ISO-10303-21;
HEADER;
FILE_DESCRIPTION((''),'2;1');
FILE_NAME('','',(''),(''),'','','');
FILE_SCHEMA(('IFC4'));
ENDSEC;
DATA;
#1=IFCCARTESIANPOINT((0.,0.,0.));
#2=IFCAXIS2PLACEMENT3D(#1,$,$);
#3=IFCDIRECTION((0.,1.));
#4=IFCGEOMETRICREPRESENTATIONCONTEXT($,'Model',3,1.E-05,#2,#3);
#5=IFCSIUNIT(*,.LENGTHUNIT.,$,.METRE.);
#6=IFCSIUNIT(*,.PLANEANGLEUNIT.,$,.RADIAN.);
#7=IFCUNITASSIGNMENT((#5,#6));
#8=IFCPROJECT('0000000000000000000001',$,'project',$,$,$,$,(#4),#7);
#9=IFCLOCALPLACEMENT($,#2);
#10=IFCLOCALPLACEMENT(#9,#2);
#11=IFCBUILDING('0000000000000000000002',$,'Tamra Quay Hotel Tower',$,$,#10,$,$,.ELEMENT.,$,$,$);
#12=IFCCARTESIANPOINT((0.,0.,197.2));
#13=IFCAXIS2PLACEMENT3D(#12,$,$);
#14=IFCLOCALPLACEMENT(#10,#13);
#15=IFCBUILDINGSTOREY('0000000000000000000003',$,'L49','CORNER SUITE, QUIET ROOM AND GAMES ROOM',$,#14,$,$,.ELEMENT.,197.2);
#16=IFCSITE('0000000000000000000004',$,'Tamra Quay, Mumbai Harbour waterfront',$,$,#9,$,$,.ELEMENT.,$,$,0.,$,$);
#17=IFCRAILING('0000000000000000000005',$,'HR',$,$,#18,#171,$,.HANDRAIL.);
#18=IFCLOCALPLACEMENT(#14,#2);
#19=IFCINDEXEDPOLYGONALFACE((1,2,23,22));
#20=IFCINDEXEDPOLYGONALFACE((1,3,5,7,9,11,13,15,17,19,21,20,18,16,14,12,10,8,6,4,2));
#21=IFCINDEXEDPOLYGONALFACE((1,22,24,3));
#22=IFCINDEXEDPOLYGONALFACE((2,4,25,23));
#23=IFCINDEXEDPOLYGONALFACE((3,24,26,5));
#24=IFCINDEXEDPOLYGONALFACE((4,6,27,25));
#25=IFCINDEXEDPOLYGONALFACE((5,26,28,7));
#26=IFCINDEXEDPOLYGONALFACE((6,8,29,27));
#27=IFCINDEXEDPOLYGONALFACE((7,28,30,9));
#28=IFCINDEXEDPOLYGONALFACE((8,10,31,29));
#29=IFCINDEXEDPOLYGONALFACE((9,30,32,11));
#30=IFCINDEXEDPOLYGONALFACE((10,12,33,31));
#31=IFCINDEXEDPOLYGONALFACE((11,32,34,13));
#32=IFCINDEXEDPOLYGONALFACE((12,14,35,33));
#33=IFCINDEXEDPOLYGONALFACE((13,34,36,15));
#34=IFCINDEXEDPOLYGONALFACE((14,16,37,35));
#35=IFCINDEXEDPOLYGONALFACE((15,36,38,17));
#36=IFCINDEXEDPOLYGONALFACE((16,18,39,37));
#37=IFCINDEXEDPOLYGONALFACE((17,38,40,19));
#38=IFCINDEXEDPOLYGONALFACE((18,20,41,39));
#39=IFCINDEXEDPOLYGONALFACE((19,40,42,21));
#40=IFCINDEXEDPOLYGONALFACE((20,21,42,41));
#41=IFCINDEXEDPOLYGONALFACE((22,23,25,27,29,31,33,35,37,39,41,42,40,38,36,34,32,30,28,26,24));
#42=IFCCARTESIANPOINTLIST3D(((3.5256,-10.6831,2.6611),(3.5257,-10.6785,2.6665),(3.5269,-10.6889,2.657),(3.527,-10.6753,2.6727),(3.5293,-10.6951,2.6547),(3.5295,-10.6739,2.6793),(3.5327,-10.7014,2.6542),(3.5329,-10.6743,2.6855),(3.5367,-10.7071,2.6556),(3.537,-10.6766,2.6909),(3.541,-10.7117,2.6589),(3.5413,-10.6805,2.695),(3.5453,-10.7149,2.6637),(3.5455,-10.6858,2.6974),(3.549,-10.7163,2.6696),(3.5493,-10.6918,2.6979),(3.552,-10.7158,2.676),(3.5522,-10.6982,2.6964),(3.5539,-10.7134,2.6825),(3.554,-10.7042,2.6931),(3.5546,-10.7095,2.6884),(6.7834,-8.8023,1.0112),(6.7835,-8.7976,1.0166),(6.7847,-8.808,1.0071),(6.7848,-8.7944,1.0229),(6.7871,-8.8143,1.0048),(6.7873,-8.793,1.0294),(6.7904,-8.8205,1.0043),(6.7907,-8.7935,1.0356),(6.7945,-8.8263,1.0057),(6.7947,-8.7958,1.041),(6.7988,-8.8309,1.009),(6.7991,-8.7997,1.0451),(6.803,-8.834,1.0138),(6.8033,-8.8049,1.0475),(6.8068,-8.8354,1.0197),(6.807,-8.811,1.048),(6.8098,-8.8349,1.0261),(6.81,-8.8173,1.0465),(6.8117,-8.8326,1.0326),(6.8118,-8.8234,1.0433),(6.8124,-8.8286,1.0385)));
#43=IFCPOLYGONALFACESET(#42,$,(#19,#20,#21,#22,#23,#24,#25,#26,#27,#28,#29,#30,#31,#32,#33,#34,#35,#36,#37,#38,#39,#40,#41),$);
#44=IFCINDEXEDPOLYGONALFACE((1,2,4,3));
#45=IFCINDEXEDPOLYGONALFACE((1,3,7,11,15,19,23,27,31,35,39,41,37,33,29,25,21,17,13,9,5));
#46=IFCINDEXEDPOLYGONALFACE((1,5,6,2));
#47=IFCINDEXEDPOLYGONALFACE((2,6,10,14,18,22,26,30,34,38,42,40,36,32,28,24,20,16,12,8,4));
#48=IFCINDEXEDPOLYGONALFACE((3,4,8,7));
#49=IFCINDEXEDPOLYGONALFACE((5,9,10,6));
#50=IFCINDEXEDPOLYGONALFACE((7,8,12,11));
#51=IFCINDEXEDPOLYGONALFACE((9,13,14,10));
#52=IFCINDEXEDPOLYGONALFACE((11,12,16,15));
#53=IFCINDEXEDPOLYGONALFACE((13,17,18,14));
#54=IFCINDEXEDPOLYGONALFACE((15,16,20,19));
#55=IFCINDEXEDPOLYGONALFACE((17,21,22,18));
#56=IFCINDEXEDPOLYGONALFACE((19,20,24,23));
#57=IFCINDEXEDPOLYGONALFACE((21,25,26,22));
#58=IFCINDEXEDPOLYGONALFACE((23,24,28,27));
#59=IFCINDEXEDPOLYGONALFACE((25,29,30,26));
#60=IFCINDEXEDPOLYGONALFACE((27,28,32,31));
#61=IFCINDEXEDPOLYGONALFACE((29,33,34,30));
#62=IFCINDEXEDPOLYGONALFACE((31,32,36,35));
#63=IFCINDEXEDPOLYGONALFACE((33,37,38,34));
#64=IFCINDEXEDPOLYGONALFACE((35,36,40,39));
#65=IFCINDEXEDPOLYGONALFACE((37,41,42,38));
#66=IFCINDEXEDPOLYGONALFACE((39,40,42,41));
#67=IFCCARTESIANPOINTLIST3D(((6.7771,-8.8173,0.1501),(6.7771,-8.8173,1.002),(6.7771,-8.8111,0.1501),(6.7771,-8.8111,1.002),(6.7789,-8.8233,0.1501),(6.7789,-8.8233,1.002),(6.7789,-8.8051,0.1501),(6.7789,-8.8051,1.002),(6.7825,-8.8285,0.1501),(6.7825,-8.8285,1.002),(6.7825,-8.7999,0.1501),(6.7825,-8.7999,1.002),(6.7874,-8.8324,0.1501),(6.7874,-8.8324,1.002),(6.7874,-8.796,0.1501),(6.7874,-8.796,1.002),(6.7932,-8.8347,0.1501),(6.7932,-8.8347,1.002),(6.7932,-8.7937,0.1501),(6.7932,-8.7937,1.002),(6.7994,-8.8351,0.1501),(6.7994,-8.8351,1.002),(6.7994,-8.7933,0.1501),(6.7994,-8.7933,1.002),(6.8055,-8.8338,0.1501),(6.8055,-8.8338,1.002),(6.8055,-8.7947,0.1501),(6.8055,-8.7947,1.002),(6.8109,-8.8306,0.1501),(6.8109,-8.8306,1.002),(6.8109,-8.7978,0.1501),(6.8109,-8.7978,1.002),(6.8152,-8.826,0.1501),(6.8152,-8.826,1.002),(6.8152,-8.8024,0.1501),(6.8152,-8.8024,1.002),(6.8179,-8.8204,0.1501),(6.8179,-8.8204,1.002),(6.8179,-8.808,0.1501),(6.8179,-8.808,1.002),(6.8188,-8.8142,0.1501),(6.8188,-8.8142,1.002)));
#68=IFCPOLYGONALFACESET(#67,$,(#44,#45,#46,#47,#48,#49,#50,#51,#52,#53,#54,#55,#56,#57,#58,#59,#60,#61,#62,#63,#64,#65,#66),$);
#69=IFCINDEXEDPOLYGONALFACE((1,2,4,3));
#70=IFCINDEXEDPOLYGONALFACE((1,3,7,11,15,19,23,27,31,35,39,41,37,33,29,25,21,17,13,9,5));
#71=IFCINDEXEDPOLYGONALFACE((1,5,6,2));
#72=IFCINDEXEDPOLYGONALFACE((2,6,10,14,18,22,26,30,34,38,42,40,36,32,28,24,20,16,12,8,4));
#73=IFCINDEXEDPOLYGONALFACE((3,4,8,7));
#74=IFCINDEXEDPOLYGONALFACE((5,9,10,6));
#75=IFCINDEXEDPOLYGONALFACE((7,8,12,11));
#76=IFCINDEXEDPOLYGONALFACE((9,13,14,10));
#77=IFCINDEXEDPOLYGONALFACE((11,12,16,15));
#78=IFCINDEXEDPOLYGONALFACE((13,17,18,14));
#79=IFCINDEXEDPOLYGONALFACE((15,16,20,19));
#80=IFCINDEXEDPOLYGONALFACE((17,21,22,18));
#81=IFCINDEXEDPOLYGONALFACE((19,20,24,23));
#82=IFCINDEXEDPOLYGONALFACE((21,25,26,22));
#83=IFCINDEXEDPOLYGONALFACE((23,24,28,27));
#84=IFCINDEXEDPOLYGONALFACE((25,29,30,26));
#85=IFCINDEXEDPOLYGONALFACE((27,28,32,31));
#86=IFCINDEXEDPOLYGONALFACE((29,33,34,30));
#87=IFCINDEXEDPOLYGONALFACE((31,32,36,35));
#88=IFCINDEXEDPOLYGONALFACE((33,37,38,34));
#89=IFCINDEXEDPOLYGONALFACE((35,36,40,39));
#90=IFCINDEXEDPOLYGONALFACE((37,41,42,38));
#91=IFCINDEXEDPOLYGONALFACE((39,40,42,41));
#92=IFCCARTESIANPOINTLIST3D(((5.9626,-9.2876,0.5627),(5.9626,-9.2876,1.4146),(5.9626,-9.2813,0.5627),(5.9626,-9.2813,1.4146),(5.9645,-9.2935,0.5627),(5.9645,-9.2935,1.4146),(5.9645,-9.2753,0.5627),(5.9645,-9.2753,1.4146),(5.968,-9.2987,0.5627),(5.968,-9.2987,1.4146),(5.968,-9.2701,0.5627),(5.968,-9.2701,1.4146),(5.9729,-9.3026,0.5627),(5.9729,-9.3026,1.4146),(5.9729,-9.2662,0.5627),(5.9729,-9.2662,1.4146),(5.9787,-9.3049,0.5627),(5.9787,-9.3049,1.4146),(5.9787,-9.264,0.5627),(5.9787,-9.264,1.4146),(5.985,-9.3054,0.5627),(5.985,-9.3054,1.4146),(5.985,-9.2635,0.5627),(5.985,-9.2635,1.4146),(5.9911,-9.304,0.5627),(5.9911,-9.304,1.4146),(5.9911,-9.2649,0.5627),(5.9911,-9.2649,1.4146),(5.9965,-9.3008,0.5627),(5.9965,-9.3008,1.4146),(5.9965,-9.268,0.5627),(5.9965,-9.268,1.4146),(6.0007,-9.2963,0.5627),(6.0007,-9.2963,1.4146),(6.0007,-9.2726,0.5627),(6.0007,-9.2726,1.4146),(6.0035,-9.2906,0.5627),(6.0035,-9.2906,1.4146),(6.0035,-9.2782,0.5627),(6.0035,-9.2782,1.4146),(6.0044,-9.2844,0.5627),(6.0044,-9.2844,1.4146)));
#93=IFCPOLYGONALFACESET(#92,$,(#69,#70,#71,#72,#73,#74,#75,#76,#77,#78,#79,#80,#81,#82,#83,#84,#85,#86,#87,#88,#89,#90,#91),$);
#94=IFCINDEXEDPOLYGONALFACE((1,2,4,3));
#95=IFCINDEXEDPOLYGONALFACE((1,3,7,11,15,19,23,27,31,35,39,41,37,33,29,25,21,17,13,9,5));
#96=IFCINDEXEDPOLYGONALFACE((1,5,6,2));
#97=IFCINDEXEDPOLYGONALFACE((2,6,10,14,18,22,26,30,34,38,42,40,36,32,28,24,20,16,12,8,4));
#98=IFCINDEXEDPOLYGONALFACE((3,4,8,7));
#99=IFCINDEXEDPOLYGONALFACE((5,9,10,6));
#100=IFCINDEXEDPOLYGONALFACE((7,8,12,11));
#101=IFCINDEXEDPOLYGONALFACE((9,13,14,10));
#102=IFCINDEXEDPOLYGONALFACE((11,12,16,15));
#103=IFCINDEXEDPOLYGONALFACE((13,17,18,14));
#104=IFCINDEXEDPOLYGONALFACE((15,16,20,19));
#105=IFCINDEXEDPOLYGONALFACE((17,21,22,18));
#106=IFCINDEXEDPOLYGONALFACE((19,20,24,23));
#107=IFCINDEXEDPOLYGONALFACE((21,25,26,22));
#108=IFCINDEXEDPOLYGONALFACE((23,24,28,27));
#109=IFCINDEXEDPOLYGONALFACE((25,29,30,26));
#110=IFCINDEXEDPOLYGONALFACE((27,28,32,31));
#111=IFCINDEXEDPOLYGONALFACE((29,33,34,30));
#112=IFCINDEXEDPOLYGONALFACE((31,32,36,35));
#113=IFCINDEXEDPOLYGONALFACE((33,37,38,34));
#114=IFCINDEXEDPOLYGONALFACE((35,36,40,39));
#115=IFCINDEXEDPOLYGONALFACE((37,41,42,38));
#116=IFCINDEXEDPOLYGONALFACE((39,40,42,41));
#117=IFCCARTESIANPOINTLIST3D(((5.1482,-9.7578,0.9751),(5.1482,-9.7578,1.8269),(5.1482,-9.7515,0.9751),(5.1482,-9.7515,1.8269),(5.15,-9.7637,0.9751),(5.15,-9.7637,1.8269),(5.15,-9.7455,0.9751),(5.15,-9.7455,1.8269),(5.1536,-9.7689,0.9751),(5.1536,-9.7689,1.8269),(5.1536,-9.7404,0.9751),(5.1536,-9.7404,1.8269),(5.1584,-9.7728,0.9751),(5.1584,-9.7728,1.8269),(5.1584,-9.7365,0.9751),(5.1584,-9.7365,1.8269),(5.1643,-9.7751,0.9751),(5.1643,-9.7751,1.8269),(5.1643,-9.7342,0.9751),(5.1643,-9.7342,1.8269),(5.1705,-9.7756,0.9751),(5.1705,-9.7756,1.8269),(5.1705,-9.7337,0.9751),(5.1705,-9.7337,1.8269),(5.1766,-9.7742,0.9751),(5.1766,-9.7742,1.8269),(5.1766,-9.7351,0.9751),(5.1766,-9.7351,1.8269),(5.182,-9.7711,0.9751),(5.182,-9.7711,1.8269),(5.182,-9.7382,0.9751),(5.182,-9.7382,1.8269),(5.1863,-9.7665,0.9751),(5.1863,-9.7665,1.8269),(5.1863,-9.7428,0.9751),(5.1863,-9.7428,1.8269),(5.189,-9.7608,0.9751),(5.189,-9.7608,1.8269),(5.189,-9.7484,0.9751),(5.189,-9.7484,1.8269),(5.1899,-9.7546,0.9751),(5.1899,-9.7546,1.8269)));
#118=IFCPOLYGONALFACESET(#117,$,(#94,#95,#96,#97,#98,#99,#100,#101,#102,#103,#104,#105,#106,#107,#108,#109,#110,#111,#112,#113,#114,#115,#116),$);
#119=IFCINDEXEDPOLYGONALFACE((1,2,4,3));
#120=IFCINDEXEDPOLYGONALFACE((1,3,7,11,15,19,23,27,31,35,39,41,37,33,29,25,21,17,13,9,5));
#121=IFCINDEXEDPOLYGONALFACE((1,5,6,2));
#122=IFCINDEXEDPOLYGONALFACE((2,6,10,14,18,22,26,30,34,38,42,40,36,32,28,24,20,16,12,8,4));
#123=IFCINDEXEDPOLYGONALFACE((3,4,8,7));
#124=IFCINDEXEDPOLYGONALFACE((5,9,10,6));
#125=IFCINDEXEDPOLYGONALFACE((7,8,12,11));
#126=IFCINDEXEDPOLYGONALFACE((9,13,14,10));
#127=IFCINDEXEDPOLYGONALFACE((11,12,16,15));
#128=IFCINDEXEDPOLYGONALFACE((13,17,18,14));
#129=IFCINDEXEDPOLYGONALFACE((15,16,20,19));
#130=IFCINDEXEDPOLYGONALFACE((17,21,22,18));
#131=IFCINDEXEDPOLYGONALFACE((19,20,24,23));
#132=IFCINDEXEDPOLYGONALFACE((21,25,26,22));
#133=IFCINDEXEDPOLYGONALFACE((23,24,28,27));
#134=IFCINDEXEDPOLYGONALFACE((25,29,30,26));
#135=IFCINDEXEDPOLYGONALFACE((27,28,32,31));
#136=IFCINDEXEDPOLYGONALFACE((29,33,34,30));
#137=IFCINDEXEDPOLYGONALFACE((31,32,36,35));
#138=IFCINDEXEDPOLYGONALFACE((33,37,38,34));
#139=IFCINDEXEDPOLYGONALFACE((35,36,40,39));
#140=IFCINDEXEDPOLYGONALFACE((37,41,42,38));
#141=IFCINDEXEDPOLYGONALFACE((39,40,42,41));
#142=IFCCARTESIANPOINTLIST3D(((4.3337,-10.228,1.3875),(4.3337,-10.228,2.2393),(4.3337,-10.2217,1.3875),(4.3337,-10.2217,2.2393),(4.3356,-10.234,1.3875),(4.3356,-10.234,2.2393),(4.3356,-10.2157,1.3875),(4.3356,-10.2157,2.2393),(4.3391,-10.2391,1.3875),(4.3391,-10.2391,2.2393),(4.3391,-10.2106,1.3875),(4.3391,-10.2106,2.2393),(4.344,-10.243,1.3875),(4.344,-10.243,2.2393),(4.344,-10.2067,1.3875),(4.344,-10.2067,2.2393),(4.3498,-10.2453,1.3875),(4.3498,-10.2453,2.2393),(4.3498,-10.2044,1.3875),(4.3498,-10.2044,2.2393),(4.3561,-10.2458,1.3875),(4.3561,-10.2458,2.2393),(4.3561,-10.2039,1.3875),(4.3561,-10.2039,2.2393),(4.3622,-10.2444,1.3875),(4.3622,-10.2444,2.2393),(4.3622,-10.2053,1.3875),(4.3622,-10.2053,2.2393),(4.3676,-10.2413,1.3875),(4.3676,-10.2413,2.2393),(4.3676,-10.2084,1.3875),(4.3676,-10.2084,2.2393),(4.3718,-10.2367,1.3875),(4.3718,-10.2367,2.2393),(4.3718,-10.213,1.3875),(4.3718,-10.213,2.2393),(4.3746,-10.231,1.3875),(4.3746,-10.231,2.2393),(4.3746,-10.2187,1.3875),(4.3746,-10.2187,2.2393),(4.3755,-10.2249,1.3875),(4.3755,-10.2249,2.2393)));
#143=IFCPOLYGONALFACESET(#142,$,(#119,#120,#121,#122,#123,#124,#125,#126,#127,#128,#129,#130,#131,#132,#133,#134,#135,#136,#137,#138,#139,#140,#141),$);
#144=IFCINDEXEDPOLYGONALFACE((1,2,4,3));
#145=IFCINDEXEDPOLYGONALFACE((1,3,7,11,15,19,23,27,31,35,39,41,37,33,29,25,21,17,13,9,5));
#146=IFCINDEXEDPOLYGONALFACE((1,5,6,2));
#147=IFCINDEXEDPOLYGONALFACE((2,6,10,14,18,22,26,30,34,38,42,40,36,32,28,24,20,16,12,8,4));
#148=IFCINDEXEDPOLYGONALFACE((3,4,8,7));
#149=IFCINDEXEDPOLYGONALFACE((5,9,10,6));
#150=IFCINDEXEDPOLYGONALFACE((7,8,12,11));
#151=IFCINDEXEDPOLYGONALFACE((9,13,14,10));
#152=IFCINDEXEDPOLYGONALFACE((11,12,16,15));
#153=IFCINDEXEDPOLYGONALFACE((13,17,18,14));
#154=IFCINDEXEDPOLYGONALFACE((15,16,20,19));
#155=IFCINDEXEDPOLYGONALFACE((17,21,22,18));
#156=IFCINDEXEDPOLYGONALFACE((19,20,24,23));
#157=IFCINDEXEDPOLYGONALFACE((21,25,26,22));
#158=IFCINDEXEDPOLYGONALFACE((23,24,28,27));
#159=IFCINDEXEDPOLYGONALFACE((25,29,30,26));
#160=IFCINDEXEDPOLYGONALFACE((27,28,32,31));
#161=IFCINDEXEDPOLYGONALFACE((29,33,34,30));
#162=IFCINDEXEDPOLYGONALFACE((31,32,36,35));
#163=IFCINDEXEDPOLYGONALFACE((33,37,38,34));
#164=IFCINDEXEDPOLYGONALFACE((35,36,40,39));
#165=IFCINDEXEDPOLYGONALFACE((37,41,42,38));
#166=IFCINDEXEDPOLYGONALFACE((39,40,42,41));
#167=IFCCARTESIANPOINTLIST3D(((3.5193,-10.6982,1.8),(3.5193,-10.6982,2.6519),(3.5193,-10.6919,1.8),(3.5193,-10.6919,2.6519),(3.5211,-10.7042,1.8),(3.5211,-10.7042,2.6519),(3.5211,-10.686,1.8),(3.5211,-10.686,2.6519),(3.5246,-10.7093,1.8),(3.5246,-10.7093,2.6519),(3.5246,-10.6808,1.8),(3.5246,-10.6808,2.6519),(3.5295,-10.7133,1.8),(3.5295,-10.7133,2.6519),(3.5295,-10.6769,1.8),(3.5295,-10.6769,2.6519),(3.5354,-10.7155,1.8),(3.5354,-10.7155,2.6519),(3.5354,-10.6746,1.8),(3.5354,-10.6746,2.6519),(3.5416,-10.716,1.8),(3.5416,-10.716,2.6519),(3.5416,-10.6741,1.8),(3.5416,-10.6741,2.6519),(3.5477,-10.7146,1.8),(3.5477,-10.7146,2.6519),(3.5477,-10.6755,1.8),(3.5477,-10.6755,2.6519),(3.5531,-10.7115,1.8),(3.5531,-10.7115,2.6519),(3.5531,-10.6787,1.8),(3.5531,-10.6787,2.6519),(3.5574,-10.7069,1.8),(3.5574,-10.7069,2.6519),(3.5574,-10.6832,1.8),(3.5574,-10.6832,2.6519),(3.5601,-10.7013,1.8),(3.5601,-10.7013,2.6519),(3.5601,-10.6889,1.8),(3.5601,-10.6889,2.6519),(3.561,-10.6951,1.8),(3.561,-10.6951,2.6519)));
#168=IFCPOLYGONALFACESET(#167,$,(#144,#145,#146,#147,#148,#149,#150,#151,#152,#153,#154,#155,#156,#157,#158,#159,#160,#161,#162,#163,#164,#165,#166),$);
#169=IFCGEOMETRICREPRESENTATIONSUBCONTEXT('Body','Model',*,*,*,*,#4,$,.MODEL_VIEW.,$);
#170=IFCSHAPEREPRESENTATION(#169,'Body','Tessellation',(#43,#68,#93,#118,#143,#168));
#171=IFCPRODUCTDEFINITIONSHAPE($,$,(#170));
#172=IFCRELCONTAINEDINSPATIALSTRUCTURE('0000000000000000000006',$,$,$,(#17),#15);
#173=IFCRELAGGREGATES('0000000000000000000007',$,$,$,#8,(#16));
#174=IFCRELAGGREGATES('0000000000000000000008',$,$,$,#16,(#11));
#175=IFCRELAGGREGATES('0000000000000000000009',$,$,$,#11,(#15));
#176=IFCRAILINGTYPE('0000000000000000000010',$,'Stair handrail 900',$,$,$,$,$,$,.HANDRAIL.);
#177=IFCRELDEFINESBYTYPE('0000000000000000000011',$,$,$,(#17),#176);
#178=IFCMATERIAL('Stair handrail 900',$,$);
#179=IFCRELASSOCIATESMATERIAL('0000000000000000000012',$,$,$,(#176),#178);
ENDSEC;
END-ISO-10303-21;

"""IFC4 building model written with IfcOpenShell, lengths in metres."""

from ifc_helpers import new_model, si_unit, direction, frame, origin, origin_2d, place, context, subcontext, project, spatial, circle, extrude, material, type_object, element, save


model = new_model("IFC4")

# Units and contexts
model_context = context("Model", 3, precision=1e-05, world=origin(), true_north=direction((0.0, 1.0)))
body_context = subcontext(model_context, "Body", "Model", "MODEL_VIEW")
ifc_project = project(units=[si_unit("LENGTHUNIT", "METRE"), si_unit("PLANEANGLEUNIT", "RADIAN")], contexts=[model_context])

# Site, building, storey
site_placement = place(None, origin())
site = spatial("IfcSite", under=ifc_project, at=site_placement, Name="Tamra Quay, Mumbai Harbour waterfront", CompositionType="ELEMENT", RefElevation=0.0)
building_placement = place(site_placement, origin())
building = spatial("IfcBuilding", under=site, at=building_placement, Name="Tamra Quay Hotel Tower", CompositionType="ELEMENT")
storey_placement = place(building_placement, frame((0.0, 0.0, 197.2)))
storey = spatial("IfcBuildingStorey", under=building, at=storey_placement, Name="L49", Description="CORNER SUITE, QUIET ROOM AND GAMES ROOM", CompositionType="ELEMENT", Elevation=197.2)

# Railing
ifc_material_1 = material(Name="Stair handrail 900")
railing_type_1 = type_object("IfcRailingType", Name="Stair handrail 900", PredefinedType="HANDRAIL", material=ifc_material_1)
railing_1_placement = place(storey_placement, frame((6.7979, -8.8142, 0.1501)))
element("IfcRailing", 1, at=railing_1_placement, inside=storey, type_object=railing_type_1, Name="HR", PredefinedType="HANDRAIL", context=body_context, shape_type="SweptSolid", body=[
    extrude(circle(Radius=0.0239, at=origin_2d()), frame((0.0, 0.0, 0.876), z_axis=(-0.7931, -0.457887, 0.401661), x_axis=(0.499992, -0.86603, 0.0)), (0.0, 0.0, 1.0), 4.1077),
    extrude(circle(Radius=0.021, at=origin_2d()), origin(), (0.0, 0.0, 1.0), 0.8518),
    extrude(circle(Radius=0.021, at=origin_2d()), frame((-0.8145, -0.4702, 0.4126)), (0.0, 0.0, 1.0), 0.8518),
    extrude(circle(Radius=0.021, at=origin_2d()), frame((-1.6289, -0.9404, 0.825)), (0.0, 0.0, 1.0), 0.8518),
    extrude(circle(Radius=0.021, at=origin_2d()), frame((-2.4434, -1.4106, 1.2373)), (0.0, 0.0, 1.0), 0.8518),
    extrude(circle(Radius=0.021, at=origin_2d()), frame((-3.2578, -1.8809, 1.6499)), (0.0, 0.0, 1.0), 0.8518),
])

save(model, "model.ifc")
